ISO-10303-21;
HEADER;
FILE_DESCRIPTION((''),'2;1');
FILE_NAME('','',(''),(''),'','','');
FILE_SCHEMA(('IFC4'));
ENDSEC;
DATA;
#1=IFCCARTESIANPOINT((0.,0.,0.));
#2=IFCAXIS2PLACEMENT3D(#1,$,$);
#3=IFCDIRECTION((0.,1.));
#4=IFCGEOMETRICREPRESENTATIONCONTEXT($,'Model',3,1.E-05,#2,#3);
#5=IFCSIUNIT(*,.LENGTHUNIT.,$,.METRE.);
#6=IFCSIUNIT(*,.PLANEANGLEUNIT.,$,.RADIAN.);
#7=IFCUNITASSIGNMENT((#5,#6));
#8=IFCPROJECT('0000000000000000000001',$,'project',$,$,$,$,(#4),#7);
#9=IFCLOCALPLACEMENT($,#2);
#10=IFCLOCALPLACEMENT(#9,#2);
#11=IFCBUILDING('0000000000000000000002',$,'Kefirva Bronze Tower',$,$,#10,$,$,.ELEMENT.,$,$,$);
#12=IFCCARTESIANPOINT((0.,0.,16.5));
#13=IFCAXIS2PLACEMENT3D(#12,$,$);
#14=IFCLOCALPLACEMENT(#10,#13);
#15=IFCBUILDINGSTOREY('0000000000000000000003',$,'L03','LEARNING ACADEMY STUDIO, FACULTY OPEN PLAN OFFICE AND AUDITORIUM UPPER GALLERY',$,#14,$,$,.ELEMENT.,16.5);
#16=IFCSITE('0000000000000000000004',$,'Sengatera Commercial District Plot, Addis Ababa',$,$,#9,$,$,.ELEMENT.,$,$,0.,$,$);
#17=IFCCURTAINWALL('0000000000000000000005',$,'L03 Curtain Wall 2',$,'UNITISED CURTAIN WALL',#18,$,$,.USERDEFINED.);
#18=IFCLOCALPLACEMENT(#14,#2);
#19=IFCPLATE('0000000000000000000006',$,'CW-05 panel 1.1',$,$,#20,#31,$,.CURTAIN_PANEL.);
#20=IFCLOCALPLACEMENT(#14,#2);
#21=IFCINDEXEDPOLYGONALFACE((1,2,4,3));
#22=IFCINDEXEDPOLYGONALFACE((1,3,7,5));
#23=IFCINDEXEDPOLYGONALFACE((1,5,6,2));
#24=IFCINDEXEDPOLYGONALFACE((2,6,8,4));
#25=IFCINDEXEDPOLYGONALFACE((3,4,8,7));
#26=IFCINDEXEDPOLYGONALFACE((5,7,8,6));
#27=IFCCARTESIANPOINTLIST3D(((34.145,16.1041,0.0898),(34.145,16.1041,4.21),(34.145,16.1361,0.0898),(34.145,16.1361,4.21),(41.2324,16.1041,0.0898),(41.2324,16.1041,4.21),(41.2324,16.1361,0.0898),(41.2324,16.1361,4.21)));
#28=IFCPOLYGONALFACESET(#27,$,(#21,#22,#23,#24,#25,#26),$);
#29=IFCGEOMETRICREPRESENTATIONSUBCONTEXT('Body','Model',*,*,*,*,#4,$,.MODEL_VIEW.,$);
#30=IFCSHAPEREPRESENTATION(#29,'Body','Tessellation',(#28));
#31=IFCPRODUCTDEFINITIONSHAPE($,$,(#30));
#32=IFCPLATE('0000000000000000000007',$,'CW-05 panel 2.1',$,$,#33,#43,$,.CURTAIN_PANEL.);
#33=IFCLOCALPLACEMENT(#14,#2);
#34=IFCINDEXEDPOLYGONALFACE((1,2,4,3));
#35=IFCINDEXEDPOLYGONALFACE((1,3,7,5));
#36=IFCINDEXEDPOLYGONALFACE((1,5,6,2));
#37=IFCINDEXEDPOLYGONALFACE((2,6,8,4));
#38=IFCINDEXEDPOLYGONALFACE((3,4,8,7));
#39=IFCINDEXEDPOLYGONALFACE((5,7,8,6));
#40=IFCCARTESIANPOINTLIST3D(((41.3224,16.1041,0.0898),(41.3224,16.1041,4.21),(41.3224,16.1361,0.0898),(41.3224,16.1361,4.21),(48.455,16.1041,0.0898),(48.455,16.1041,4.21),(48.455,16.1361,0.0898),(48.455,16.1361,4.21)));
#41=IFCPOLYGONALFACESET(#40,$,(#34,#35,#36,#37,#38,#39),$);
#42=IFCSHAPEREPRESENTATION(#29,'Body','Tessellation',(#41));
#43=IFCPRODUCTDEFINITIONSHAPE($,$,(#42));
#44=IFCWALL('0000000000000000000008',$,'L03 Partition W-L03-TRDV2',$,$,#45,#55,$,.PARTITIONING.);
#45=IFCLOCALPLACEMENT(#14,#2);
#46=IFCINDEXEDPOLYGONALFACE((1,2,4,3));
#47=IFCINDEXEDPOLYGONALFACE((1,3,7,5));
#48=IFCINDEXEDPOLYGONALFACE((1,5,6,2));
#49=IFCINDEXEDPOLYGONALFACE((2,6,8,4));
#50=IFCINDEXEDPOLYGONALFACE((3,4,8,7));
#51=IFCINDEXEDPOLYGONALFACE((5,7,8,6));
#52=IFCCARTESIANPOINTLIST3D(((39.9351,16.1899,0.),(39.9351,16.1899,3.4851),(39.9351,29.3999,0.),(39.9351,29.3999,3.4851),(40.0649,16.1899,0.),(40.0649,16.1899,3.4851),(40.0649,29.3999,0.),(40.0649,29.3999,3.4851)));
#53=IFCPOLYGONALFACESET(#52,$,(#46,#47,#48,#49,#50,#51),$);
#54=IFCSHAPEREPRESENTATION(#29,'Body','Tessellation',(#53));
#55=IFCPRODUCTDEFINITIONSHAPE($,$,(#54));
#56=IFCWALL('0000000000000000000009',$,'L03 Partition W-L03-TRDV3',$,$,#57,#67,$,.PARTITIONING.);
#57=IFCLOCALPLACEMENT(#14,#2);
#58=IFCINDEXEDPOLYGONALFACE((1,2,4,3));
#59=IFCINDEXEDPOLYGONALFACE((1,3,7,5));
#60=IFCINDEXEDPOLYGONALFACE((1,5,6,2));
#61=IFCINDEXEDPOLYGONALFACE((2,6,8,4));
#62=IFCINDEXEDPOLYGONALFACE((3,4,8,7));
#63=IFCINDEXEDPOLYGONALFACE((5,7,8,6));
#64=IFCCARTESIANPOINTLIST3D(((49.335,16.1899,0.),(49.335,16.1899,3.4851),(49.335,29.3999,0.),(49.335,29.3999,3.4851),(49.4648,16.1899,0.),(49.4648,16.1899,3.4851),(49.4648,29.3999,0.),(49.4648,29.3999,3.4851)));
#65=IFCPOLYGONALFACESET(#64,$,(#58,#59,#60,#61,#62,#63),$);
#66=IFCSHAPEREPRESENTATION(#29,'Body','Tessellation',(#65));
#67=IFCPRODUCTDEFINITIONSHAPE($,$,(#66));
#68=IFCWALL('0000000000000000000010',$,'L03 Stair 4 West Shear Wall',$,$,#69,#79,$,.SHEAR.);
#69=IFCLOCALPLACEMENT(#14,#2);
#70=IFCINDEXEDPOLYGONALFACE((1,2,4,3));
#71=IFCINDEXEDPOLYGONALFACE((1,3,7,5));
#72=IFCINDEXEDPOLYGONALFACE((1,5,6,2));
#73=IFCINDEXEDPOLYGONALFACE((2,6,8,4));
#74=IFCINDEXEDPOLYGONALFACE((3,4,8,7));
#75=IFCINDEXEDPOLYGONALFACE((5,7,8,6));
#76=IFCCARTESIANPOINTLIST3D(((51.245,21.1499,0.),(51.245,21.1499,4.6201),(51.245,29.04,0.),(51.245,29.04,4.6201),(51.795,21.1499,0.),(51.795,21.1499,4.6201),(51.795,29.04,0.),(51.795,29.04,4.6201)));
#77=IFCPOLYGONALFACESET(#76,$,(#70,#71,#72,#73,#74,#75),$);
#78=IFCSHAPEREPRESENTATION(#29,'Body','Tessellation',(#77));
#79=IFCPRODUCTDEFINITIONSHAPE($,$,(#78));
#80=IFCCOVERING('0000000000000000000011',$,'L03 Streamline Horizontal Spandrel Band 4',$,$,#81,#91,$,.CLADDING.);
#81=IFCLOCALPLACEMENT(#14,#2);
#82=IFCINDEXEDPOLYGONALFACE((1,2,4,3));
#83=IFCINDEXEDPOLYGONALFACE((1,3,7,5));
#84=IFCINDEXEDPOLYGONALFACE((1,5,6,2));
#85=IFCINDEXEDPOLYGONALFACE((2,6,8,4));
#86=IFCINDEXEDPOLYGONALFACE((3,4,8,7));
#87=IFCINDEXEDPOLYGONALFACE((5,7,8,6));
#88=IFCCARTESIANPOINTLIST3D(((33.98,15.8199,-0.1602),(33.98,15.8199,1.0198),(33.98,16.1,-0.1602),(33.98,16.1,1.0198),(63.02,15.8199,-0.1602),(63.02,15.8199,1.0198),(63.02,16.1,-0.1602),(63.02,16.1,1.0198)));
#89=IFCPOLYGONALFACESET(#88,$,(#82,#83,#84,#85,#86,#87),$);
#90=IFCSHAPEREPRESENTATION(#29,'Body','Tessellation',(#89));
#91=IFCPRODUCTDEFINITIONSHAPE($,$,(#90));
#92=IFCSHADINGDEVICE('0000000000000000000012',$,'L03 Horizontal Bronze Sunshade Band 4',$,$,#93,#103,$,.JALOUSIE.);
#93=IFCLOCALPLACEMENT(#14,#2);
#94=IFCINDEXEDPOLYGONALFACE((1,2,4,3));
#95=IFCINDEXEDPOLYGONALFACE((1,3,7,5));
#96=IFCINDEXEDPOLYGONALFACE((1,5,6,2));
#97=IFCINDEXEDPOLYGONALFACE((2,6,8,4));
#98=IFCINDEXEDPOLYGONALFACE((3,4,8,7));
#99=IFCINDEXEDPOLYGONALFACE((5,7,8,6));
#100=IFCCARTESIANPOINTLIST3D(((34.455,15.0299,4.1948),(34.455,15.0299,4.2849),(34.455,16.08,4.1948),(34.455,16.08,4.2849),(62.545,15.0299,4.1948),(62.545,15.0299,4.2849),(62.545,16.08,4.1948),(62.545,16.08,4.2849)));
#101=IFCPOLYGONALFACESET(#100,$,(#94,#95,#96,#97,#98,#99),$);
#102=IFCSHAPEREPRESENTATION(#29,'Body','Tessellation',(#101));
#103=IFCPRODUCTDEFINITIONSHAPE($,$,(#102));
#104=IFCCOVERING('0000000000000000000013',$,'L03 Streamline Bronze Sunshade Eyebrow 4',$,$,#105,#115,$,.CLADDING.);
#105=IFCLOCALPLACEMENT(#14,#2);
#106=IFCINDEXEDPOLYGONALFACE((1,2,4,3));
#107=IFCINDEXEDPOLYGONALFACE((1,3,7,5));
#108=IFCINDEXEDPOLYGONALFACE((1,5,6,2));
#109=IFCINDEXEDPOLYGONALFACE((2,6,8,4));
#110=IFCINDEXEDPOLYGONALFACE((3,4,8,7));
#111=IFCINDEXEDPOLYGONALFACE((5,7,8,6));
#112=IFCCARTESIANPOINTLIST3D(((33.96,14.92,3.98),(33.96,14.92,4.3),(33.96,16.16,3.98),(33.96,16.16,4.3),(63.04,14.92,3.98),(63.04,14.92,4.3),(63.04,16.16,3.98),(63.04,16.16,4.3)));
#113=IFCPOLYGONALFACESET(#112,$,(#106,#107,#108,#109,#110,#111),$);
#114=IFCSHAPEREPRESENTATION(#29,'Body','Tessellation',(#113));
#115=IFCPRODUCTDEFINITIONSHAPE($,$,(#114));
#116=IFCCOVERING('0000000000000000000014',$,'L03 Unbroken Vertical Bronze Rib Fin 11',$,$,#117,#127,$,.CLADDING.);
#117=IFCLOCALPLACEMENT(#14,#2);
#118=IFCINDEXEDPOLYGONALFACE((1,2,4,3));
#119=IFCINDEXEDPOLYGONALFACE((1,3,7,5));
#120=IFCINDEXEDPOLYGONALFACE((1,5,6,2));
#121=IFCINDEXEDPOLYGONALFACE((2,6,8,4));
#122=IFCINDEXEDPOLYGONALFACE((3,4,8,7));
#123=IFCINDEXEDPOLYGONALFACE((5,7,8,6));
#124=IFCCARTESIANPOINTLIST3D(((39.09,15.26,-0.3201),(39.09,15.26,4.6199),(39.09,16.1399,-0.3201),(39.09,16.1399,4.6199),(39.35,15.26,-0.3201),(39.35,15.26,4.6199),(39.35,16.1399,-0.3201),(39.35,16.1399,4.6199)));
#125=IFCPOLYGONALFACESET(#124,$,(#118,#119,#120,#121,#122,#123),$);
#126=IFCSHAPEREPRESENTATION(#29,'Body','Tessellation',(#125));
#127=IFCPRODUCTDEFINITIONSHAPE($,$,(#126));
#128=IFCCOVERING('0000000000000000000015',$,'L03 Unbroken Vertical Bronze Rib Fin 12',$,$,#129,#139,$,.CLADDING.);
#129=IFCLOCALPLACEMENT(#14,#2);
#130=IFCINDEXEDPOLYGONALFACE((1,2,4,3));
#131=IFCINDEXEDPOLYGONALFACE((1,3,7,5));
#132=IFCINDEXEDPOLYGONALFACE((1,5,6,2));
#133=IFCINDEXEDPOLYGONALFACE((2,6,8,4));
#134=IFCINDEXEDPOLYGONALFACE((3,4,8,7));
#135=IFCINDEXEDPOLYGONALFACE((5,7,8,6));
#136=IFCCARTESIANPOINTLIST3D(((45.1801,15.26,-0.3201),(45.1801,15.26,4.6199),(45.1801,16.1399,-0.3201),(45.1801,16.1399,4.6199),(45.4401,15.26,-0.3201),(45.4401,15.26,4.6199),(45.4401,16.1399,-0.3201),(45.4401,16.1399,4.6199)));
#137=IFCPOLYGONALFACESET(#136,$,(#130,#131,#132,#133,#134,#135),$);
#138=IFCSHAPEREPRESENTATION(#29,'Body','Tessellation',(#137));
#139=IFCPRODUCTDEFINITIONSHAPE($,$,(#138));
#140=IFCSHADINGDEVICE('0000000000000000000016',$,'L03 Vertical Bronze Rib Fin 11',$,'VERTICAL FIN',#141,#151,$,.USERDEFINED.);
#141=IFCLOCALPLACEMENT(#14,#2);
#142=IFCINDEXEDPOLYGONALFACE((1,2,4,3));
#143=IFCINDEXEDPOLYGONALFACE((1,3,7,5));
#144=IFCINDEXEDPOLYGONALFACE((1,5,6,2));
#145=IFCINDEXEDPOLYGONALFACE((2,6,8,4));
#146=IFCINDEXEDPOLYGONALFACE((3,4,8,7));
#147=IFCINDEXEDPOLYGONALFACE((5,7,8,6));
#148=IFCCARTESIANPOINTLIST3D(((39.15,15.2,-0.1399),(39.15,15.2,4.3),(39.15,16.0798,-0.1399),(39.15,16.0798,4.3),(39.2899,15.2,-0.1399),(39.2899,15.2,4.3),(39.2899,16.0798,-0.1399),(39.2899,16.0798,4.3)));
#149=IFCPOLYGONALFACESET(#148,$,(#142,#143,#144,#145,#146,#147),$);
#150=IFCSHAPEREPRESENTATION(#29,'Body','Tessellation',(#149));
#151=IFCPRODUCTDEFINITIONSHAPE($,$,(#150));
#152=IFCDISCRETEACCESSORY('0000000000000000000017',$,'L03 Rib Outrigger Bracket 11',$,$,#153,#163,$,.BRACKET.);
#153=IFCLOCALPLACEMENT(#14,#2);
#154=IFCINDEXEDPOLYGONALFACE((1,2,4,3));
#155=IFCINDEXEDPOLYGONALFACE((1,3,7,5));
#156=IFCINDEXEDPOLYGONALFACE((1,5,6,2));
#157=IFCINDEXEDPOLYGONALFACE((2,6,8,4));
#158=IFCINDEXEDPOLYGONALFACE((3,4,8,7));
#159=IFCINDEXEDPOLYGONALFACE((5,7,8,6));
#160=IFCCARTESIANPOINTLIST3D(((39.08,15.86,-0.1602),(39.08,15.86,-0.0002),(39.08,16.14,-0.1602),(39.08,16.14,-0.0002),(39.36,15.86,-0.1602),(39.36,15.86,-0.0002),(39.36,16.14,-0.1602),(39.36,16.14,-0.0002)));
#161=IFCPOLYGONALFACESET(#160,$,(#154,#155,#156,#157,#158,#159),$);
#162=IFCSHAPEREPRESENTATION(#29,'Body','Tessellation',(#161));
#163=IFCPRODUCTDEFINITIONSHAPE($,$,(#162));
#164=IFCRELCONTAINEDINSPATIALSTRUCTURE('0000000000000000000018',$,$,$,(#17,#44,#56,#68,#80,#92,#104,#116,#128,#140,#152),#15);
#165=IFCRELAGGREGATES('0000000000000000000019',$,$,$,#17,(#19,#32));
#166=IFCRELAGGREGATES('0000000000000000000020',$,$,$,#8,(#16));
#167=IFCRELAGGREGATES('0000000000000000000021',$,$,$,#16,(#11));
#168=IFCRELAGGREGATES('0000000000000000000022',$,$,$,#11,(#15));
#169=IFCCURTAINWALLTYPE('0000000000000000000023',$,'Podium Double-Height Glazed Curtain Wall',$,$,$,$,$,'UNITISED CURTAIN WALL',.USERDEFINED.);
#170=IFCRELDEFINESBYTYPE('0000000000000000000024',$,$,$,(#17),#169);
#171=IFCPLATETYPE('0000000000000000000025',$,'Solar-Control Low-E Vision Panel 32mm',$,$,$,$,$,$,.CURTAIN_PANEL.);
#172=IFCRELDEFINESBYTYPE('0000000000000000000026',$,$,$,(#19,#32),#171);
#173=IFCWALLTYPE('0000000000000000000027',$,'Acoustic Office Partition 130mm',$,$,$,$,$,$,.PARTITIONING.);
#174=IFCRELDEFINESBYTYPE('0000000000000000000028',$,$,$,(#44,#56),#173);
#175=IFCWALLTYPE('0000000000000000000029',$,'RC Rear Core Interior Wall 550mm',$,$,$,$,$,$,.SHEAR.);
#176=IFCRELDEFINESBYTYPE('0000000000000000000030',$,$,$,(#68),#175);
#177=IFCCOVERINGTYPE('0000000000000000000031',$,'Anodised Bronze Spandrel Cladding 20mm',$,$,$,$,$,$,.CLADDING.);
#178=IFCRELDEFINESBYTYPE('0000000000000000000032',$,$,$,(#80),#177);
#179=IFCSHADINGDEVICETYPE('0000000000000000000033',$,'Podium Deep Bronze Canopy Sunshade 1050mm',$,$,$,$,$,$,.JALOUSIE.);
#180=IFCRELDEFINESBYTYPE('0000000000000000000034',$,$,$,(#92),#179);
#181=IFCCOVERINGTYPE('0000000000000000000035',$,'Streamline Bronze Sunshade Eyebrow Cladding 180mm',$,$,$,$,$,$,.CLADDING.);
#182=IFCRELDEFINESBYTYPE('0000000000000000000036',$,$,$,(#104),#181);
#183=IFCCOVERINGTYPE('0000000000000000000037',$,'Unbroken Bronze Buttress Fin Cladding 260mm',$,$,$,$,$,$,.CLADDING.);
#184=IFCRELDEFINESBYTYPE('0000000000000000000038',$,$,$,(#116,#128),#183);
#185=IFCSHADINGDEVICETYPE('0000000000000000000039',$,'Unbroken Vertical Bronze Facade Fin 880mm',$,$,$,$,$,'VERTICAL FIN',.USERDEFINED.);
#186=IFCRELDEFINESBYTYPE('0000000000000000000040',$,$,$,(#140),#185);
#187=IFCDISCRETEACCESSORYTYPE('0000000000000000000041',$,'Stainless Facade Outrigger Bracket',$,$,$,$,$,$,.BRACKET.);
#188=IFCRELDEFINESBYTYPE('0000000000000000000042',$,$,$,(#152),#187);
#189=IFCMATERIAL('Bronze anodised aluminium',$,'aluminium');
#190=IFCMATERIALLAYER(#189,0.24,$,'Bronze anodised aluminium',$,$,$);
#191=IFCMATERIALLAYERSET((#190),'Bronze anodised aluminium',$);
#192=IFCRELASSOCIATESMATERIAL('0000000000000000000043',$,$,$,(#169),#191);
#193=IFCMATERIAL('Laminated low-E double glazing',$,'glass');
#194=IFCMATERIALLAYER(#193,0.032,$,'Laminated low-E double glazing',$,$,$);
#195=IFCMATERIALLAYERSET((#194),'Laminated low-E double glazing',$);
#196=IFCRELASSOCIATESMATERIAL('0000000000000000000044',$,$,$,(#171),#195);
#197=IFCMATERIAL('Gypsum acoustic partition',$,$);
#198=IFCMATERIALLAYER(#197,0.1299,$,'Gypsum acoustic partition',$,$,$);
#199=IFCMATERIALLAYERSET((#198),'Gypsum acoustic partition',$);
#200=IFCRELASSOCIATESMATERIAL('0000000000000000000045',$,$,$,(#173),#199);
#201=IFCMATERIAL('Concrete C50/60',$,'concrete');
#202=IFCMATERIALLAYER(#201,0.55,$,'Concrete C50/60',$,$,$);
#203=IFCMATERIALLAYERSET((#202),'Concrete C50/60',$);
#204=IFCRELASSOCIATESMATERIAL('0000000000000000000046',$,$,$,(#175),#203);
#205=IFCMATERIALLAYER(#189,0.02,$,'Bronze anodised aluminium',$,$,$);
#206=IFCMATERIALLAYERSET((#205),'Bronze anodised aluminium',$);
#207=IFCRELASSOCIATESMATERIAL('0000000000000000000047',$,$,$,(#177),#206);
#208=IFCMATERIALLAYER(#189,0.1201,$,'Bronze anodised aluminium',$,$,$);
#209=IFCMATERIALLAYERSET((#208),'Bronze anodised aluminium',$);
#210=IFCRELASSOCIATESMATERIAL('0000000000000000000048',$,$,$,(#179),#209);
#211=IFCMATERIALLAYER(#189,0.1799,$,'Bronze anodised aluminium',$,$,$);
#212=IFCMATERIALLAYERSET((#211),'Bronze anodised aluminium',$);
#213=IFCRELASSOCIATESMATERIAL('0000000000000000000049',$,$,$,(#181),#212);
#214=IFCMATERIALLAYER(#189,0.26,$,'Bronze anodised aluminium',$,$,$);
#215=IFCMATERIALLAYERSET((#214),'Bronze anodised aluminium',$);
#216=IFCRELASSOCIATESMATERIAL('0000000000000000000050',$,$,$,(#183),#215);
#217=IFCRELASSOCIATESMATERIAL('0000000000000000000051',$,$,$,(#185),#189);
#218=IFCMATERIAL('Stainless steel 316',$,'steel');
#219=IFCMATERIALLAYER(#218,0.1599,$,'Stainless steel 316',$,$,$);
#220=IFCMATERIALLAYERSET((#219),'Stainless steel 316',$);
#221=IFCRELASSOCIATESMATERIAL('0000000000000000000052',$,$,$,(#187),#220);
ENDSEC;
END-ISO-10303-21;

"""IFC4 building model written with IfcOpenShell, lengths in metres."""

from ifc_helpers import new_model, si_unit, direction, frame, frame_2d, origin, origin_2d, place, context, subcontext, project, spatial, rectangle, extrude, material, layer, layer_set, material_profile, profile_set, type_object, element, aggregate, save


model = new_model("IFC4")

# Units and contexts
model_context = context("Model", 3, precision=1e-05, world=origin(), true_north=direction((0.0, 1.0)))
body_context = subcontext(model_context, "Body", "Model", "MODEL_VIEW")
ifc_project = project(units=[si_unit("LENGTHUNIT", "METRE"), si_unit("PLANEANGLEUNIT", "RADIAN")], contexts=[model_context])

# Site, building, storey
site_placement = place(None, origin())
site = spatial("IfcSite", under=ifc_project, at=site_placement, Name="Sengatera Commercial District Plot, Addis Ababa", CompositionType="ELEMENT", RefElevation=0.0)
building_placement = place(site_placement, origin())
building = spatial("IfcBuilding", under=site, at=building_placement, Name="Kefirva Bronze Tower", CompositionType="ELEMENT")
storey_placement = place(building_placement, frame((0.0, 0.0, 16.5)))
storey = spatial("IfcBuildingStorey", under=building, at=storey_placement, Name="L03", Description="LEARNING ACADEMY STUDIO, FACULTY OPEN PLAN OFFICE AND AUDITORIUM UPPER GALLERY", CompositionType="ELEMENT", Elevation=16.5)

# Curtain wall
ifc_material_1 = material(Name="Bronze anodised aluminium", Category="aluminium")
ifc_layer_1 = layer(ifc_material_1, 0.24, Name="Bronze anodised aluminium")
ifc_layer_set_1 = layer_set([ifc_layer_1], Name="Bronze anodised aluminium")
curtain_wall_type = type_object("IfcCurtainWallType", Name="Podium Double-Height Glazed Curtain Wall", ElementType="UNITISED CURTAIN WALL", PredefinedType="USERDEFINED", material=ifc_layer_set_1)
curtain_wall_placement = place(storey_placement, origin())
curtain_wall = element("IfcCurtainWall", 1, at=curtain_wall_placement, inside=storey, type_object=curtain_wall_type, Name="L03 Curtain Wall 2", ObjectType="UNITISED CURTAIN WALL", PredefinedType="USERDEFINED")

# Plates
ifc_material_2 = material(Name="Laminated low-E double glazing", Category="glass")
ifc_layer_2 = layer(ifc_material_2, 0.032, Name="Laminated low-E double glazing")
ifc_layer_set_2 = layer_set([ifc_layer_2], Name="Laminated low-E double glazing")
plate_type = type_object("IfcPlateType", Name="Solar-Control Low-E Vision Panel 32mm", PredefinedType="CURTAIN_PANEL", material=ifc_layer_set_2)
plate_1_placement = place(storey_placement, frame((37.6887, 16.1201, 0.0898), z_axis=(0.0, 0.0, 1.0), x_axis=(1.0, 0.0, 0.0)))
plate_1 = element("IfcPlate", 2, at=plate_1_placement, type_object=plate_type, Name="CW-05 panel 1.1", PredefinedType="CURTAIN_PANEL", context=body_context, shape_type="SweptSolid", body=[
    extrude(rectangle(XDim=7.0874, YDim=0.032, at=origin_2d()), origin(), (0.0, 0.0, 1.0), 4.1201),
])
plate_2_placement = place(storey_placement, frame((44.8887, 16.1201, 0.0898), z_axis=(0.0, 0.0, 1.0), x_axis=(1.0, 0.0, 0.0)))
plate_2 = element("IfcPlate", 3, at=plate_2_placement, type_object=plate_type, Name="CW-05 panel 2.1", PredefinedType="CURTAIN_PANEL", context=body_context, shape_type="SweptSolid", body=[
    extrude(rectangle(XDim=7.1326, YDim=0.032, at=origin_2d()), origin(), (0.0, 0.0, 1.0), 4.1201),
])
aggregate(curtain_wall, [plate_1, plate_2])

# Walls
ifc_material_3 = material(Name="Gypsum acoustic partition")
ifc_layer_3 = layer(ifc_material_3, 0.1299, Name="Gypsum acoustic partition")
ifc_layer_set_3 = layer_set([ifc_layer_3], Name="Gypsum acoustic partition")
wall_type_1 = type_object("IfcWallType", Name="Acoustic Office Partition 130mm", PredefinedType="PARTITIONING", material=ifc_layer_set_3)
for number, where, z_axis, x_axis, name in (
    (4, (40.0, 16.1899, 0.0), (0.0, 0.0, 1.0), (0.0, 1.0, 0.0), "L03 Partition W-L03-TRDV2"),
    (5, (49.3999, 16.1899, 0.0), (0.0, 0.0, 1.0), (0.0, 1.0, 0.0), "L03 Partition W-L03-TRDV3"),
):
    element("IfcWall", number, at=place(storey_placement, frame(where, z_axis=z_axis, x_axis=x_axis)), inside=storey, type_object=wall_type_1, Name=name, PredefinedType="PARTITIONING", context=body_context, shape_type="SweptSolid", body=[
        extrude(rectangle(XDim=13.21, YDim=0.1299, at=frame_2d((6.605, 0.0))), origin(), (0.0, 0.0, 1.0), 3.4851),
    ])
ifc_material_4 = material(Name="Concrete C50/60", Category="concrete")
ifc_layer_4 = layer(ifc_material_4, 0.55, Name="Concrete C50/60")
ifc_layer_set_4 = layer_set([ifc_layer_4], Name="Concrete C50/60")
wall_type_2 = type_object("IfcWallType", Name="RC Rear Core Interior Wall 550mm", PredefinedType="SHEAR", material=ifc_layer_set_4)
wall_placement = place(storey_placement, frame((51.52, 21.1499, 0.0), z_axis=(0.0, 0.0, 1.0), x_axis=(0.0, 1.0, 0.0)))
element("IfcWall", 6, at=wall_placement, inside=storey, type_object=wall_type_2, Name="L03 Stair 4 West Shear Wall", PredefinedType="SHEAR", context=body_context, shape_type="SweptSolid", body=[
    extrude(rectangle(XDim=7.8901, YDim=0.55, at=frame_2d((3.9451, 0.0))), origin(), (0.0, 0.0, 1.0), 4.6201),
])

# Covering
ifc_layer_5 = layer(ifc_material_1, 0.02, Name="Bronze anodised aluminium")
ifc_layer_set_5 = layer_set([ifc_layer_5], Name="Bronze anodised aluminium")
covering_type_1 = type_object("IfcCoveringType", Name="Anodised Bronze Spandrel Cladding 20mm", PredefinedType="CLADDING", material=ifc_layer_set_5)
covering_1_placement = place(storey_placement, frame((48.5, 15.96, -0.1602), z_axis=(0.0, 0.0, 1.0), x_axis=(1.0, 0.0, 0.0)))
element("IfcCovering", 7, at=covering_1_placement, inside=storey, type_object=covering_type_1, Name="L03 Streamline Horizontal Spandrel Band 4", PredefinedType="CLADDING", context=body_context, shape_type="SweptSolid", body=[
    extrude(rectangle(XDim=29.04, YDim=0.28, at=origin_2d()), origin(), (0.0, 0.0, 1.0), 1.1799),
])

# Shading device
ifc_layer_6 = layer(ifc_material_1, 0.1201, Name="Bronze anodised aluminium")
ifc_layer_set_6 = layer_set([ifc_layer_6], Name="Bronze anodised aluminium")
shading_device_type_1 = type_object("IfcShadingDeviceType", Name="Podium Deep Bronze Canopy Sunshade 1050mm", PredefinedType="JALOUSIE", material=ifc_layer_set_6)
shading_device_1_placement = place(storey_placement, frame((48.5, 15.5549, 4.1948), z_axis=(0.0, 0.0, 1.0), x_axis=(1.0, 0.0, 0.0)))
element("IfcShadingDevice", 8, at=shading_device_1_placement, inside=storey, type_object=shading_device_type_1, Name="L03 Horizontal Bronze Sunshade Band 4", PredefinedType="JALOUSIE", context=body_context, shape_type="SweptSolid", body=[
    extrude(rectangle(XDim=28.0901, YDim=1.05, at=origin_2d()), origin(), (0.0, 0.0, 1.0), 0.0901),
])

# Coverings
ifc_layer_7 = layer(ifc_material_1, 0.1799, Name="Bronze anodised aluminium")
ifc_layer_set_7 = layer_set([ifc_layer_7], Name="Bronze anodised aluminium")
covering_type_2 = type_object("IfcCoveringType", Name="Streamline Bronze Sunshade Eyebrow Cladding 180mm", PredefinedType="CLADDING", material=ifc_layer_set_7)
covering_2_placement = place(storey_placement, frame((48.5, 15.54, 3.98), z_axis=(0.0, 0.0, 1.0), x_axis=(1.0, 0.0, 0.0)))
element("IfcCovering", 9, at=covering_2_placement, inside=storey, type_object=covering_type_2, Name="L03 Streamline Bronze Sunshade Eyebrow 4", PredefinedType="CLADDING", context=body_context, shape_type="SweptSolid", body=[
    extrude(rectangle(XDim=29.0801, YDim=1.24, at=origin_2d()), origin(), (0.0, 0.0, 1.0), 0.3201),
])
ifc_layer_8 = layer(ifc_material_1, 0.26, Name="Bronze anodised aluminium")
ifc_layer_set_8 = layer_set([ifc_layer_8], Name="Bronze anodised aluminium")
covering_type_3 = type_object("IfcCoveringType", Name="Unbroken Bronze Buttress Fin Cladding 260mm", PredefinedType="CLADDING", material=ifc_layer_set_8)
for number, where, z_axis, x_axis, name in (
    (10, (39.22, 15.7, -0.3201), (0.0, 0.0, 1.0), (1.0, 0.0, 0.0), "L03 Unbroken Vertical Bronze Rib Fin 11"),
    (11, (45.3101, 15.7, -0.3201), (0.0, 0.0, 1.0), (1.0, 0.0, 0.0), "L03 Unbroken Vertical Bronze Rib Fin 12"),
):
    element("IfcCovering", number, at=place(storey_placement, frame(where, z_axis=z_axis, x_axis=x_axis)), inside=storey, type_object=covering_type_3, Name=name, PredefinedType="CLADDING", context=body_context, shape_type="SweptSolid", body=[
        extrude(rectangle(XDim=0.26, YDim=0.8799, at=origin_2d()), origin(), (0.0, 0.0, 1.0), 4.9399),
    ])

# Shading device
ifc_material_profile_1 = material_profile(ifc_material_1, rectangle(XDim=0.1399, YDim=0.8799, at=origin_2d()), Name="BRONZE FIN 140x880")
ifc_profile_set_1 = profile_set([ifc_material_profile_1], Name="Bronze anodised aluminium")
shading_device_type_2 = type_object("IfcShadingDeviceType", Name="Unbroken Vertical Bronze Facade Fin 880mm", ElementType="VERTICAL FIN", PredefinedType="USERDEFINED", material=ifc_profile_set_1)
shading_device_2_placement = place(storey_placement, frame((39.22, 15.6399, -0.1399), z_axis=(0.0, 0.0, 1.0), x_axis=(1.0, 0.0, 0.0)))
element("IfcShadingDevice", 12, at=shading_device_2_placement, inside=storey, type_object=shading_device_type_2, Name="L03 Vertical Bronze Rib Fin 11", ObjectType="VERTICAL FIN", PredefinedType="USERDEFINED", context=body_context, shape_type="SweptSolid", body=[
    extrude(rectangle(XDim=0.1399, YDim=0.8799, at=origin_2d()), origin(), (0.0, 0.0, 1.0), 4.4399),
])

# Discrete accessory
ifc_material_5 = material(Name="Stainless steel 316", Category="steel")
ifc_layer_9 = layer(ifc_material_5, 0.1599, Name="Stainless steel 316")
ifc_layer_set_9 = layer_set([ifc_layer_9], Name="Stainless steel 316")
discrete_accessory_type = type_object("IfcDiscreteAccessoryType", Name="Stainless Facade Outrigger Bracket", PredefinedType="BRACKET", material=ifc_layer_set_9)
discrete_accessory_placement = place(storey_placement, frame((39.22, 16.0, -0.1602), z_axis=(0.0, 0.0, 1.0), x_axis=(1.0, 0.0, 0.0)))
element("IfcDiscreteAccessory", 13, at=discrete_accessory_placement, inside=storey, type_object=discrete_accessory_type, Name="L03 Rib Outrigger Bracket 11", PredefinedType="BRACKET", context=body_context, shape_type="SweptSolid", body=[
    extrude(rectangle(XDim=0.28, YDim=0.28, at=origin_2d()), origin(), (0.0, 0.0, 1.0), 0.1599),
])

save(model, "model.ifc")
